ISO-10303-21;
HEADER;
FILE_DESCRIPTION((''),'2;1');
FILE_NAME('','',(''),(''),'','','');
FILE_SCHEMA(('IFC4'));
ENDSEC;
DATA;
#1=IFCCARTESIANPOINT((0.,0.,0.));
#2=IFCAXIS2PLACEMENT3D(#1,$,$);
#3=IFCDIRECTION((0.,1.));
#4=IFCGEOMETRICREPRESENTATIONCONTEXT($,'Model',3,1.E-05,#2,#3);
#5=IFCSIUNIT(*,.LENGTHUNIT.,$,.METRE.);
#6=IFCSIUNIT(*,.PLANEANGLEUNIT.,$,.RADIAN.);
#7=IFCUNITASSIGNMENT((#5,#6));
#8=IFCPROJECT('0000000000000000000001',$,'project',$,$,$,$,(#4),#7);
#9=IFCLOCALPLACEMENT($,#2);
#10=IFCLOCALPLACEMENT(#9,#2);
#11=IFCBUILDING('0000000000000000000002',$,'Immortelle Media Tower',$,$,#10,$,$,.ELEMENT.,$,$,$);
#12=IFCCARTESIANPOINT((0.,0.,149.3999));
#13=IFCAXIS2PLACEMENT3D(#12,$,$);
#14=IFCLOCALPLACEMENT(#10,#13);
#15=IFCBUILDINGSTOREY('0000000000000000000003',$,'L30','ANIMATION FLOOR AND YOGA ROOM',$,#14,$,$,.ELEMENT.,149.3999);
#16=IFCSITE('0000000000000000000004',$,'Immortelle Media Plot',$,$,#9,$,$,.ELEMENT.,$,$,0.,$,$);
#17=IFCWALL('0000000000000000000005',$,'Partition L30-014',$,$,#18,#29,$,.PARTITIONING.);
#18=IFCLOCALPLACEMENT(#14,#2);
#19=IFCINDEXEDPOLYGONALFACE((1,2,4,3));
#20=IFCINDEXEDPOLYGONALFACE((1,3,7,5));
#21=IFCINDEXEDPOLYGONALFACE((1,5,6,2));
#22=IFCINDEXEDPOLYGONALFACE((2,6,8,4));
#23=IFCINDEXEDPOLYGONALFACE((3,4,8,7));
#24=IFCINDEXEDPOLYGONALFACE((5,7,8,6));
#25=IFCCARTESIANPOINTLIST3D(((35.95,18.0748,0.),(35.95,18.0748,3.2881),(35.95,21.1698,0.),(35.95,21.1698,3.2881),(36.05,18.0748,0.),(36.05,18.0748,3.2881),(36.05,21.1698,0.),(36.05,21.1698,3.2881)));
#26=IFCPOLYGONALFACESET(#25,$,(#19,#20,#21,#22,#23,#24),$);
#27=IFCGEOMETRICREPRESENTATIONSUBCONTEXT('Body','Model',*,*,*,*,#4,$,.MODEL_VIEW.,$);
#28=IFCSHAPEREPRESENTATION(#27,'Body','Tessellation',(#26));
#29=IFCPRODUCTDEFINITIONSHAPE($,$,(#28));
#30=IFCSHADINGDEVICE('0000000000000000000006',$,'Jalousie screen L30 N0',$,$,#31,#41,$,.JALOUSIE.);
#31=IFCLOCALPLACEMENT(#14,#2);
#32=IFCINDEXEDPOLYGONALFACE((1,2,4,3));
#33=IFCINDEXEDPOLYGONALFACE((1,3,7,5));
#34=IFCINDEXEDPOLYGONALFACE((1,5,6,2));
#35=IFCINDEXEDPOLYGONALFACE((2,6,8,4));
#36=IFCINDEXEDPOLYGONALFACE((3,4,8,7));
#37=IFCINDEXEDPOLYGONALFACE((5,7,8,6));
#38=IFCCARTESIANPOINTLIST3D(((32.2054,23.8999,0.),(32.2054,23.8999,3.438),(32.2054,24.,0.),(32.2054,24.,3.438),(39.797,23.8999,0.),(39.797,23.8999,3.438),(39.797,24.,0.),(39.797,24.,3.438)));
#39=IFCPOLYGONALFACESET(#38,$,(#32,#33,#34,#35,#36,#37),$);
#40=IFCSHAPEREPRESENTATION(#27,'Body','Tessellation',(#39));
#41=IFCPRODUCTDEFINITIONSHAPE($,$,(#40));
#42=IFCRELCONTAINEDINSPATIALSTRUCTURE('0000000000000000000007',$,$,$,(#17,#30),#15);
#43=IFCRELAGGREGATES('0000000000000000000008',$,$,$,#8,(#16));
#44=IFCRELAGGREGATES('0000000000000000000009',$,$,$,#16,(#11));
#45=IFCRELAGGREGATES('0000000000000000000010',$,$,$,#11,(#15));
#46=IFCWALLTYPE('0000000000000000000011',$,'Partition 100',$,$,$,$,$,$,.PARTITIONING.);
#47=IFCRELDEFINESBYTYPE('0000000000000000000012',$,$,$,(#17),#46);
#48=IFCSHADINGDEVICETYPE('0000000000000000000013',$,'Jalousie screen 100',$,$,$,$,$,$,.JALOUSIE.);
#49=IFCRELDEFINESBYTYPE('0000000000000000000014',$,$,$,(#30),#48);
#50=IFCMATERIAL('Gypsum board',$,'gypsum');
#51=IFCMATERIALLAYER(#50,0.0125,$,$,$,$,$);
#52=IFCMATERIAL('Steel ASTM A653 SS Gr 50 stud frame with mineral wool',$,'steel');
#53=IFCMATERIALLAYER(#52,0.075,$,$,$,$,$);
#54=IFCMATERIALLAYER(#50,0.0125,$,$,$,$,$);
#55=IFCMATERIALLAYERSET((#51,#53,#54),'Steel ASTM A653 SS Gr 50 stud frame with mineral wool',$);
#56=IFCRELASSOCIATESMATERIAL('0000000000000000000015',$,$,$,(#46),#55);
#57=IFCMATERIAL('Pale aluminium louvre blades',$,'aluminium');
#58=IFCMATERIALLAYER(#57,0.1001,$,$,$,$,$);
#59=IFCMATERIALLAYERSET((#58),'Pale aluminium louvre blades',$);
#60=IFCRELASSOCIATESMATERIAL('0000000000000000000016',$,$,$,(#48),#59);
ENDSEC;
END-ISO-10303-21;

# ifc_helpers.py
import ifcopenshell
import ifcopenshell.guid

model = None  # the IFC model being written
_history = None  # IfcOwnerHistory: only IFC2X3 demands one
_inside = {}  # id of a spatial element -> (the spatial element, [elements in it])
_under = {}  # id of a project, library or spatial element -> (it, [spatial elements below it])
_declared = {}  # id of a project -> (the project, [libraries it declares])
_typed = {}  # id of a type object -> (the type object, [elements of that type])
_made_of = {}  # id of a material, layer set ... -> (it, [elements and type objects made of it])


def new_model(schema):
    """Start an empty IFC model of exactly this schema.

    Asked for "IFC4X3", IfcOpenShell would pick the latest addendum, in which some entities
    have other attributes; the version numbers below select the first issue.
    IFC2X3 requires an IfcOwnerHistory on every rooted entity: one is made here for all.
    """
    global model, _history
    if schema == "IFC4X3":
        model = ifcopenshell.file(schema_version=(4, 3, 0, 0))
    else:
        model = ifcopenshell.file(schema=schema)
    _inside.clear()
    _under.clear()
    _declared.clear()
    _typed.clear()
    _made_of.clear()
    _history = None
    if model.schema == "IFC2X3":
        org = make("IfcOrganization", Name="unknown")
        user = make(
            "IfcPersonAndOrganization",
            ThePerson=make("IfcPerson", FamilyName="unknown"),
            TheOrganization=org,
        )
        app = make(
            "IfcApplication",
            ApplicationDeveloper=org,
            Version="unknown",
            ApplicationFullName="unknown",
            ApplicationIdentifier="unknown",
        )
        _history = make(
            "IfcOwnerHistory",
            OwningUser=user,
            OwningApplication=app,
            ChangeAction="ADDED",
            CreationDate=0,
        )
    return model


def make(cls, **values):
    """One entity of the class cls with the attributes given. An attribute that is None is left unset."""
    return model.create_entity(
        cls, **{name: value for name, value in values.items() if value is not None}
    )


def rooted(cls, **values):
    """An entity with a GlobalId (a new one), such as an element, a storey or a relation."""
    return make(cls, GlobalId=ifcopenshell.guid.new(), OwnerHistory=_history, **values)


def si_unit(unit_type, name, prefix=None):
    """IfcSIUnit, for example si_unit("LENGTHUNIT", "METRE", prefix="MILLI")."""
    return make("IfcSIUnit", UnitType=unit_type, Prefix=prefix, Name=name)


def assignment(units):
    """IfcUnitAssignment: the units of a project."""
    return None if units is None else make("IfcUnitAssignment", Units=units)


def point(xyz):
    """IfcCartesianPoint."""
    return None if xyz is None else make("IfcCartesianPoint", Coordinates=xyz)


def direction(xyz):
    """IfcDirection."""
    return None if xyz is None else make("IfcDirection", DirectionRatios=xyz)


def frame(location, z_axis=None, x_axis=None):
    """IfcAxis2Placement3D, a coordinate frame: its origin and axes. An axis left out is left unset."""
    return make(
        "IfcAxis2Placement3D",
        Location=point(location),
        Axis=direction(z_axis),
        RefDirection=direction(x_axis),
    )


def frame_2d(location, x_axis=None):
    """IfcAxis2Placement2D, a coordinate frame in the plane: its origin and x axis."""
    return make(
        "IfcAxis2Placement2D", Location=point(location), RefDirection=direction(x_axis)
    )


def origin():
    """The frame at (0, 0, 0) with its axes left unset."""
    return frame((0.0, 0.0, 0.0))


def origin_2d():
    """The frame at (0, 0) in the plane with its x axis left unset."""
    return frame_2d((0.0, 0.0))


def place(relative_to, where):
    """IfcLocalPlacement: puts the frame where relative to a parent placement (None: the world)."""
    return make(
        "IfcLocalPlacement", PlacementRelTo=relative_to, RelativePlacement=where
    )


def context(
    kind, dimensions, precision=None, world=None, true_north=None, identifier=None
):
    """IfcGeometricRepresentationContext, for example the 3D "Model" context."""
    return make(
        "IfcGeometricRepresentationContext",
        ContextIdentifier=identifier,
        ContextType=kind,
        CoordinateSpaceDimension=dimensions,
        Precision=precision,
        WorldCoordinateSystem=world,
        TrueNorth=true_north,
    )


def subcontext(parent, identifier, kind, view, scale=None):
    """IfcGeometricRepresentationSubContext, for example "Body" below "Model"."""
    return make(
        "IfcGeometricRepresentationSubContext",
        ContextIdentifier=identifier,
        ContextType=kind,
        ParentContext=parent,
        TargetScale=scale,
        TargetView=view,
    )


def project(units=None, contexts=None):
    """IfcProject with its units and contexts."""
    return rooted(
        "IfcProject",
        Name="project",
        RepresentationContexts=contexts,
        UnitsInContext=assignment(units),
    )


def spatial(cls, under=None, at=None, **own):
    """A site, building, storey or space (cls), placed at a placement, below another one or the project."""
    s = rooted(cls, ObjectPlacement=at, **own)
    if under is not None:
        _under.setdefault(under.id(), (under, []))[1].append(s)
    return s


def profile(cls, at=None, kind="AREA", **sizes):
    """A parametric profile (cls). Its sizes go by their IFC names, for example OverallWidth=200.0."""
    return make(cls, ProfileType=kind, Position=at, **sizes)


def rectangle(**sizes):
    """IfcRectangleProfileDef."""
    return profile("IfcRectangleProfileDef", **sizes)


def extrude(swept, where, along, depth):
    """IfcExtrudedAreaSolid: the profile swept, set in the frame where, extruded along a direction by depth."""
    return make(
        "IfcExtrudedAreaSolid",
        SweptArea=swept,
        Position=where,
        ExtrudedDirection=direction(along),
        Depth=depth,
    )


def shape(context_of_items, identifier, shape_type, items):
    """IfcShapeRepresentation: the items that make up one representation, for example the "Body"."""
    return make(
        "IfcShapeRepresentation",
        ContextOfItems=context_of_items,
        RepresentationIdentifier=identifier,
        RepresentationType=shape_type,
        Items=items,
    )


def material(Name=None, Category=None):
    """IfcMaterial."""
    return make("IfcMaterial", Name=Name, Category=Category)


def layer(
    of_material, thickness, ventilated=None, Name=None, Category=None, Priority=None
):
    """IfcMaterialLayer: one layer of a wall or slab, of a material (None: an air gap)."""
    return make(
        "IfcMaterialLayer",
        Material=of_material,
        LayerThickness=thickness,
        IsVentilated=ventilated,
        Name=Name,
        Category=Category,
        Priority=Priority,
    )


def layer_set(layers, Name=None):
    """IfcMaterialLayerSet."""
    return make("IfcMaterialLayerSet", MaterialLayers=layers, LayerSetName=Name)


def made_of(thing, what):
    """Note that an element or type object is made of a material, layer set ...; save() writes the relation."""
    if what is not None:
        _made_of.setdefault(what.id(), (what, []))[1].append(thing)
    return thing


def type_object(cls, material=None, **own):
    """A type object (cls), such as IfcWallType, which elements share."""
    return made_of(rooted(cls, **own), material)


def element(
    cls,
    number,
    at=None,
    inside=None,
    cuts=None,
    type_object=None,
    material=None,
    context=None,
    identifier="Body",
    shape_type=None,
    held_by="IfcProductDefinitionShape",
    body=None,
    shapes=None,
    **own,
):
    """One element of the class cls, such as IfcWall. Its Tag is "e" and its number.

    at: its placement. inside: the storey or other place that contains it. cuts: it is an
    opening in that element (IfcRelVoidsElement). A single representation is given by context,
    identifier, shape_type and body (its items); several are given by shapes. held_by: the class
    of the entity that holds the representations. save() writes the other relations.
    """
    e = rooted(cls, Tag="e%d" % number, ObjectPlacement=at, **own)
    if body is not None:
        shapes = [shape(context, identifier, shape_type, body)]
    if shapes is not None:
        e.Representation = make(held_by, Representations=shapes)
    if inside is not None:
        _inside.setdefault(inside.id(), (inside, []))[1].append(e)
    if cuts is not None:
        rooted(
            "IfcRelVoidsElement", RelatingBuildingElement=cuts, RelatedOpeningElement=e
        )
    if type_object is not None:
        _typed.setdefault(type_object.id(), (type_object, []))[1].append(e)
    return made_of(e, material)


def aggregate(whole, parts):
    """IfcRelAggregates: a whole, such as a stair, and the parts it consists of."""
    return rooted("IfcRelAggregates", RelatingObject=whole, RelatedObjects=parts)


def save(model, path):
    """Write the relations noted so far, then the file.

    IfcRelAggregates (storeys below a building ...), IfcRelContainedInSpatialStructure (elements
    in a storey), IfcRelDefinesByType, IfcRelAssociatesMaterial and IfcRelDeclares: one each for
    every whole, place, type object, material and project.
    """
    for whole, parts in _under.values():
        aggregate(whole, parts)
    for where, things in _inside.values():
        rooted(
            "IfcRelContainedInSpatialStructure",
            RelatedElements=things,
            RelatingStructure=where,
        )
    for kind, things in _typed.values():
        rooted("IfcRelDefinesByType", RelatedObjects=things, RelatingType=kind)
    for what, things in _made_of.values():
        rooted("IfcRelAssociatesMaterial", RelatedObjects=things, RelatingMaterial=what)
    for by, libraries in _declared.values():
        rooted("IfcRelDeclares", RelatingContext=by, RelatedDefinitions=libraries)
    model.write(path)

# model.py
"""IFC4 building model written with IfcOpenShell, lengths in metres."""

from ifc_helpers import new_model, si_unit, direction, frame, frame_2d, origin, origin_2d, place, context, subcontext, project, spatial, rectangle, extrude, material, layer, layer_set, type_object, element, save


model = new_model("IFC4")

# Units and contexts
model_context = context("Model", 3, precision=1e-05, world=origin(), true_north=direction((0.0, 1.0)))
body_context = subcontext(model_context, "Body", "Model", "MODEL_VIEW")
ifc_project = project(units=[si_unit("LENGTHUNIT", "METRE"), si_unit("PLANEANGLEUNIT", "RADIAN")], contexts=[model_context])

# Site, building, storey
site_placement = place(None, origin())
site = spatial("IfcSite", under=ifc_project, at=site_placement, Name="Immortelle Media Plot", CompositionType="ELEMENT", RefElevation=0.0)
building_placement = place(site_placement, origin())
building = spatial("IfcBuilding", under=site, at=building_placement, Name="Immortelle Media Tower", CompositionType="ELEMENT")
storey_placement = place(building_placement, frame((0.0, 0.0, 149.3999)))
storey = spatial("IfcBuildingStorey", under=building, at=storey_placement, Name="L30", Description="ANIMATION FLOOR AND YOGA ROOM", CompositionType="ELEMENT", Elevation=149.3999)

# Shared definitions
ifc_material_1 = material(Name="Steel ASTM A653 SS Gr 50 stud frame with mineral wool", Category="steel")

# Wall
ifc_material_2 = material(Name="Gypsum board", Category="gypsum")
ifc_layer_1 = layer(ifc_material_2, 0.0125)
ifc_layer_2 = layer(ifc_material_1, 0.075)
ifc_layer_3 = layer(ifc_material_2, 0.0125)
ifc_layer_set_1 = layer_set([ifc_layer_1, ifc_layer_2, ifc_layer_3], Name="Steel ASTM A653 SS Gr 50 stud frame with mineral wool")
wall_type_1 = type_object("IfcWallType", Name="Partition 100", PredefinedType="PARTITIONING", material=ifc_layer_set_1)
wall_1_placement = place(storey_placement, frame((36.0, 18.075, 0.0), z_axis=(0.0, 0.0, 1.0), x_axis=(0.0, 1.0, 0.0)))
element("IfcWall", 1, at=wall_1_placement, inside=storey, type_object=wall_type_1, Name="Partition L30-014", PredefinedType="PARTITIONING", context=body_context, shape_type="SweptSolid", body=[
    extrude(rectangle(XDim=3.095, YDim=0.1001, at=frame_2d((1.5474, 0.0))), origin(), (0.0, 0.0, 1.0), 3.2881),
])

# Shading device
ifc_material_3 = material(Name="Pale aluminium louvre blades", Category="aluminium")
ifc_layer_4 = layer(ifc_material_3, 0.1001)
ifc_layer_set_2 = layer_set([ifc_layer_4], Name="Pale aluminium louvre blades")
shading_device_type = type_object("IfcShadingDeviceType", Name="Jalousie screen 100", PredefinedType="JALOUSIE", material=ifc_layer_set_2)
shading_device_placement = place(storey_placement, frame((36.0012, 23.95, 0.0), z_axis=(0.0, 0.0, 1.0), x_axis=(-1.0, 0.0, 0.0)))
element("IfcShadingDevice", 2, at=shading_device_placement, inside=storey, type_object=shading_device_type, Name="Jalousie screen L30 N0", PredefinedType="JALOUSIE", context=body_context, shape_type="SweptSolid", body=[
    extrude(rectangle(XDim=7.5916, YDim=0.1001, at=origin_2d()), origin(), (0.0, 0.0, 1.0), 3.438),
])

save(model, "model.ifc")
